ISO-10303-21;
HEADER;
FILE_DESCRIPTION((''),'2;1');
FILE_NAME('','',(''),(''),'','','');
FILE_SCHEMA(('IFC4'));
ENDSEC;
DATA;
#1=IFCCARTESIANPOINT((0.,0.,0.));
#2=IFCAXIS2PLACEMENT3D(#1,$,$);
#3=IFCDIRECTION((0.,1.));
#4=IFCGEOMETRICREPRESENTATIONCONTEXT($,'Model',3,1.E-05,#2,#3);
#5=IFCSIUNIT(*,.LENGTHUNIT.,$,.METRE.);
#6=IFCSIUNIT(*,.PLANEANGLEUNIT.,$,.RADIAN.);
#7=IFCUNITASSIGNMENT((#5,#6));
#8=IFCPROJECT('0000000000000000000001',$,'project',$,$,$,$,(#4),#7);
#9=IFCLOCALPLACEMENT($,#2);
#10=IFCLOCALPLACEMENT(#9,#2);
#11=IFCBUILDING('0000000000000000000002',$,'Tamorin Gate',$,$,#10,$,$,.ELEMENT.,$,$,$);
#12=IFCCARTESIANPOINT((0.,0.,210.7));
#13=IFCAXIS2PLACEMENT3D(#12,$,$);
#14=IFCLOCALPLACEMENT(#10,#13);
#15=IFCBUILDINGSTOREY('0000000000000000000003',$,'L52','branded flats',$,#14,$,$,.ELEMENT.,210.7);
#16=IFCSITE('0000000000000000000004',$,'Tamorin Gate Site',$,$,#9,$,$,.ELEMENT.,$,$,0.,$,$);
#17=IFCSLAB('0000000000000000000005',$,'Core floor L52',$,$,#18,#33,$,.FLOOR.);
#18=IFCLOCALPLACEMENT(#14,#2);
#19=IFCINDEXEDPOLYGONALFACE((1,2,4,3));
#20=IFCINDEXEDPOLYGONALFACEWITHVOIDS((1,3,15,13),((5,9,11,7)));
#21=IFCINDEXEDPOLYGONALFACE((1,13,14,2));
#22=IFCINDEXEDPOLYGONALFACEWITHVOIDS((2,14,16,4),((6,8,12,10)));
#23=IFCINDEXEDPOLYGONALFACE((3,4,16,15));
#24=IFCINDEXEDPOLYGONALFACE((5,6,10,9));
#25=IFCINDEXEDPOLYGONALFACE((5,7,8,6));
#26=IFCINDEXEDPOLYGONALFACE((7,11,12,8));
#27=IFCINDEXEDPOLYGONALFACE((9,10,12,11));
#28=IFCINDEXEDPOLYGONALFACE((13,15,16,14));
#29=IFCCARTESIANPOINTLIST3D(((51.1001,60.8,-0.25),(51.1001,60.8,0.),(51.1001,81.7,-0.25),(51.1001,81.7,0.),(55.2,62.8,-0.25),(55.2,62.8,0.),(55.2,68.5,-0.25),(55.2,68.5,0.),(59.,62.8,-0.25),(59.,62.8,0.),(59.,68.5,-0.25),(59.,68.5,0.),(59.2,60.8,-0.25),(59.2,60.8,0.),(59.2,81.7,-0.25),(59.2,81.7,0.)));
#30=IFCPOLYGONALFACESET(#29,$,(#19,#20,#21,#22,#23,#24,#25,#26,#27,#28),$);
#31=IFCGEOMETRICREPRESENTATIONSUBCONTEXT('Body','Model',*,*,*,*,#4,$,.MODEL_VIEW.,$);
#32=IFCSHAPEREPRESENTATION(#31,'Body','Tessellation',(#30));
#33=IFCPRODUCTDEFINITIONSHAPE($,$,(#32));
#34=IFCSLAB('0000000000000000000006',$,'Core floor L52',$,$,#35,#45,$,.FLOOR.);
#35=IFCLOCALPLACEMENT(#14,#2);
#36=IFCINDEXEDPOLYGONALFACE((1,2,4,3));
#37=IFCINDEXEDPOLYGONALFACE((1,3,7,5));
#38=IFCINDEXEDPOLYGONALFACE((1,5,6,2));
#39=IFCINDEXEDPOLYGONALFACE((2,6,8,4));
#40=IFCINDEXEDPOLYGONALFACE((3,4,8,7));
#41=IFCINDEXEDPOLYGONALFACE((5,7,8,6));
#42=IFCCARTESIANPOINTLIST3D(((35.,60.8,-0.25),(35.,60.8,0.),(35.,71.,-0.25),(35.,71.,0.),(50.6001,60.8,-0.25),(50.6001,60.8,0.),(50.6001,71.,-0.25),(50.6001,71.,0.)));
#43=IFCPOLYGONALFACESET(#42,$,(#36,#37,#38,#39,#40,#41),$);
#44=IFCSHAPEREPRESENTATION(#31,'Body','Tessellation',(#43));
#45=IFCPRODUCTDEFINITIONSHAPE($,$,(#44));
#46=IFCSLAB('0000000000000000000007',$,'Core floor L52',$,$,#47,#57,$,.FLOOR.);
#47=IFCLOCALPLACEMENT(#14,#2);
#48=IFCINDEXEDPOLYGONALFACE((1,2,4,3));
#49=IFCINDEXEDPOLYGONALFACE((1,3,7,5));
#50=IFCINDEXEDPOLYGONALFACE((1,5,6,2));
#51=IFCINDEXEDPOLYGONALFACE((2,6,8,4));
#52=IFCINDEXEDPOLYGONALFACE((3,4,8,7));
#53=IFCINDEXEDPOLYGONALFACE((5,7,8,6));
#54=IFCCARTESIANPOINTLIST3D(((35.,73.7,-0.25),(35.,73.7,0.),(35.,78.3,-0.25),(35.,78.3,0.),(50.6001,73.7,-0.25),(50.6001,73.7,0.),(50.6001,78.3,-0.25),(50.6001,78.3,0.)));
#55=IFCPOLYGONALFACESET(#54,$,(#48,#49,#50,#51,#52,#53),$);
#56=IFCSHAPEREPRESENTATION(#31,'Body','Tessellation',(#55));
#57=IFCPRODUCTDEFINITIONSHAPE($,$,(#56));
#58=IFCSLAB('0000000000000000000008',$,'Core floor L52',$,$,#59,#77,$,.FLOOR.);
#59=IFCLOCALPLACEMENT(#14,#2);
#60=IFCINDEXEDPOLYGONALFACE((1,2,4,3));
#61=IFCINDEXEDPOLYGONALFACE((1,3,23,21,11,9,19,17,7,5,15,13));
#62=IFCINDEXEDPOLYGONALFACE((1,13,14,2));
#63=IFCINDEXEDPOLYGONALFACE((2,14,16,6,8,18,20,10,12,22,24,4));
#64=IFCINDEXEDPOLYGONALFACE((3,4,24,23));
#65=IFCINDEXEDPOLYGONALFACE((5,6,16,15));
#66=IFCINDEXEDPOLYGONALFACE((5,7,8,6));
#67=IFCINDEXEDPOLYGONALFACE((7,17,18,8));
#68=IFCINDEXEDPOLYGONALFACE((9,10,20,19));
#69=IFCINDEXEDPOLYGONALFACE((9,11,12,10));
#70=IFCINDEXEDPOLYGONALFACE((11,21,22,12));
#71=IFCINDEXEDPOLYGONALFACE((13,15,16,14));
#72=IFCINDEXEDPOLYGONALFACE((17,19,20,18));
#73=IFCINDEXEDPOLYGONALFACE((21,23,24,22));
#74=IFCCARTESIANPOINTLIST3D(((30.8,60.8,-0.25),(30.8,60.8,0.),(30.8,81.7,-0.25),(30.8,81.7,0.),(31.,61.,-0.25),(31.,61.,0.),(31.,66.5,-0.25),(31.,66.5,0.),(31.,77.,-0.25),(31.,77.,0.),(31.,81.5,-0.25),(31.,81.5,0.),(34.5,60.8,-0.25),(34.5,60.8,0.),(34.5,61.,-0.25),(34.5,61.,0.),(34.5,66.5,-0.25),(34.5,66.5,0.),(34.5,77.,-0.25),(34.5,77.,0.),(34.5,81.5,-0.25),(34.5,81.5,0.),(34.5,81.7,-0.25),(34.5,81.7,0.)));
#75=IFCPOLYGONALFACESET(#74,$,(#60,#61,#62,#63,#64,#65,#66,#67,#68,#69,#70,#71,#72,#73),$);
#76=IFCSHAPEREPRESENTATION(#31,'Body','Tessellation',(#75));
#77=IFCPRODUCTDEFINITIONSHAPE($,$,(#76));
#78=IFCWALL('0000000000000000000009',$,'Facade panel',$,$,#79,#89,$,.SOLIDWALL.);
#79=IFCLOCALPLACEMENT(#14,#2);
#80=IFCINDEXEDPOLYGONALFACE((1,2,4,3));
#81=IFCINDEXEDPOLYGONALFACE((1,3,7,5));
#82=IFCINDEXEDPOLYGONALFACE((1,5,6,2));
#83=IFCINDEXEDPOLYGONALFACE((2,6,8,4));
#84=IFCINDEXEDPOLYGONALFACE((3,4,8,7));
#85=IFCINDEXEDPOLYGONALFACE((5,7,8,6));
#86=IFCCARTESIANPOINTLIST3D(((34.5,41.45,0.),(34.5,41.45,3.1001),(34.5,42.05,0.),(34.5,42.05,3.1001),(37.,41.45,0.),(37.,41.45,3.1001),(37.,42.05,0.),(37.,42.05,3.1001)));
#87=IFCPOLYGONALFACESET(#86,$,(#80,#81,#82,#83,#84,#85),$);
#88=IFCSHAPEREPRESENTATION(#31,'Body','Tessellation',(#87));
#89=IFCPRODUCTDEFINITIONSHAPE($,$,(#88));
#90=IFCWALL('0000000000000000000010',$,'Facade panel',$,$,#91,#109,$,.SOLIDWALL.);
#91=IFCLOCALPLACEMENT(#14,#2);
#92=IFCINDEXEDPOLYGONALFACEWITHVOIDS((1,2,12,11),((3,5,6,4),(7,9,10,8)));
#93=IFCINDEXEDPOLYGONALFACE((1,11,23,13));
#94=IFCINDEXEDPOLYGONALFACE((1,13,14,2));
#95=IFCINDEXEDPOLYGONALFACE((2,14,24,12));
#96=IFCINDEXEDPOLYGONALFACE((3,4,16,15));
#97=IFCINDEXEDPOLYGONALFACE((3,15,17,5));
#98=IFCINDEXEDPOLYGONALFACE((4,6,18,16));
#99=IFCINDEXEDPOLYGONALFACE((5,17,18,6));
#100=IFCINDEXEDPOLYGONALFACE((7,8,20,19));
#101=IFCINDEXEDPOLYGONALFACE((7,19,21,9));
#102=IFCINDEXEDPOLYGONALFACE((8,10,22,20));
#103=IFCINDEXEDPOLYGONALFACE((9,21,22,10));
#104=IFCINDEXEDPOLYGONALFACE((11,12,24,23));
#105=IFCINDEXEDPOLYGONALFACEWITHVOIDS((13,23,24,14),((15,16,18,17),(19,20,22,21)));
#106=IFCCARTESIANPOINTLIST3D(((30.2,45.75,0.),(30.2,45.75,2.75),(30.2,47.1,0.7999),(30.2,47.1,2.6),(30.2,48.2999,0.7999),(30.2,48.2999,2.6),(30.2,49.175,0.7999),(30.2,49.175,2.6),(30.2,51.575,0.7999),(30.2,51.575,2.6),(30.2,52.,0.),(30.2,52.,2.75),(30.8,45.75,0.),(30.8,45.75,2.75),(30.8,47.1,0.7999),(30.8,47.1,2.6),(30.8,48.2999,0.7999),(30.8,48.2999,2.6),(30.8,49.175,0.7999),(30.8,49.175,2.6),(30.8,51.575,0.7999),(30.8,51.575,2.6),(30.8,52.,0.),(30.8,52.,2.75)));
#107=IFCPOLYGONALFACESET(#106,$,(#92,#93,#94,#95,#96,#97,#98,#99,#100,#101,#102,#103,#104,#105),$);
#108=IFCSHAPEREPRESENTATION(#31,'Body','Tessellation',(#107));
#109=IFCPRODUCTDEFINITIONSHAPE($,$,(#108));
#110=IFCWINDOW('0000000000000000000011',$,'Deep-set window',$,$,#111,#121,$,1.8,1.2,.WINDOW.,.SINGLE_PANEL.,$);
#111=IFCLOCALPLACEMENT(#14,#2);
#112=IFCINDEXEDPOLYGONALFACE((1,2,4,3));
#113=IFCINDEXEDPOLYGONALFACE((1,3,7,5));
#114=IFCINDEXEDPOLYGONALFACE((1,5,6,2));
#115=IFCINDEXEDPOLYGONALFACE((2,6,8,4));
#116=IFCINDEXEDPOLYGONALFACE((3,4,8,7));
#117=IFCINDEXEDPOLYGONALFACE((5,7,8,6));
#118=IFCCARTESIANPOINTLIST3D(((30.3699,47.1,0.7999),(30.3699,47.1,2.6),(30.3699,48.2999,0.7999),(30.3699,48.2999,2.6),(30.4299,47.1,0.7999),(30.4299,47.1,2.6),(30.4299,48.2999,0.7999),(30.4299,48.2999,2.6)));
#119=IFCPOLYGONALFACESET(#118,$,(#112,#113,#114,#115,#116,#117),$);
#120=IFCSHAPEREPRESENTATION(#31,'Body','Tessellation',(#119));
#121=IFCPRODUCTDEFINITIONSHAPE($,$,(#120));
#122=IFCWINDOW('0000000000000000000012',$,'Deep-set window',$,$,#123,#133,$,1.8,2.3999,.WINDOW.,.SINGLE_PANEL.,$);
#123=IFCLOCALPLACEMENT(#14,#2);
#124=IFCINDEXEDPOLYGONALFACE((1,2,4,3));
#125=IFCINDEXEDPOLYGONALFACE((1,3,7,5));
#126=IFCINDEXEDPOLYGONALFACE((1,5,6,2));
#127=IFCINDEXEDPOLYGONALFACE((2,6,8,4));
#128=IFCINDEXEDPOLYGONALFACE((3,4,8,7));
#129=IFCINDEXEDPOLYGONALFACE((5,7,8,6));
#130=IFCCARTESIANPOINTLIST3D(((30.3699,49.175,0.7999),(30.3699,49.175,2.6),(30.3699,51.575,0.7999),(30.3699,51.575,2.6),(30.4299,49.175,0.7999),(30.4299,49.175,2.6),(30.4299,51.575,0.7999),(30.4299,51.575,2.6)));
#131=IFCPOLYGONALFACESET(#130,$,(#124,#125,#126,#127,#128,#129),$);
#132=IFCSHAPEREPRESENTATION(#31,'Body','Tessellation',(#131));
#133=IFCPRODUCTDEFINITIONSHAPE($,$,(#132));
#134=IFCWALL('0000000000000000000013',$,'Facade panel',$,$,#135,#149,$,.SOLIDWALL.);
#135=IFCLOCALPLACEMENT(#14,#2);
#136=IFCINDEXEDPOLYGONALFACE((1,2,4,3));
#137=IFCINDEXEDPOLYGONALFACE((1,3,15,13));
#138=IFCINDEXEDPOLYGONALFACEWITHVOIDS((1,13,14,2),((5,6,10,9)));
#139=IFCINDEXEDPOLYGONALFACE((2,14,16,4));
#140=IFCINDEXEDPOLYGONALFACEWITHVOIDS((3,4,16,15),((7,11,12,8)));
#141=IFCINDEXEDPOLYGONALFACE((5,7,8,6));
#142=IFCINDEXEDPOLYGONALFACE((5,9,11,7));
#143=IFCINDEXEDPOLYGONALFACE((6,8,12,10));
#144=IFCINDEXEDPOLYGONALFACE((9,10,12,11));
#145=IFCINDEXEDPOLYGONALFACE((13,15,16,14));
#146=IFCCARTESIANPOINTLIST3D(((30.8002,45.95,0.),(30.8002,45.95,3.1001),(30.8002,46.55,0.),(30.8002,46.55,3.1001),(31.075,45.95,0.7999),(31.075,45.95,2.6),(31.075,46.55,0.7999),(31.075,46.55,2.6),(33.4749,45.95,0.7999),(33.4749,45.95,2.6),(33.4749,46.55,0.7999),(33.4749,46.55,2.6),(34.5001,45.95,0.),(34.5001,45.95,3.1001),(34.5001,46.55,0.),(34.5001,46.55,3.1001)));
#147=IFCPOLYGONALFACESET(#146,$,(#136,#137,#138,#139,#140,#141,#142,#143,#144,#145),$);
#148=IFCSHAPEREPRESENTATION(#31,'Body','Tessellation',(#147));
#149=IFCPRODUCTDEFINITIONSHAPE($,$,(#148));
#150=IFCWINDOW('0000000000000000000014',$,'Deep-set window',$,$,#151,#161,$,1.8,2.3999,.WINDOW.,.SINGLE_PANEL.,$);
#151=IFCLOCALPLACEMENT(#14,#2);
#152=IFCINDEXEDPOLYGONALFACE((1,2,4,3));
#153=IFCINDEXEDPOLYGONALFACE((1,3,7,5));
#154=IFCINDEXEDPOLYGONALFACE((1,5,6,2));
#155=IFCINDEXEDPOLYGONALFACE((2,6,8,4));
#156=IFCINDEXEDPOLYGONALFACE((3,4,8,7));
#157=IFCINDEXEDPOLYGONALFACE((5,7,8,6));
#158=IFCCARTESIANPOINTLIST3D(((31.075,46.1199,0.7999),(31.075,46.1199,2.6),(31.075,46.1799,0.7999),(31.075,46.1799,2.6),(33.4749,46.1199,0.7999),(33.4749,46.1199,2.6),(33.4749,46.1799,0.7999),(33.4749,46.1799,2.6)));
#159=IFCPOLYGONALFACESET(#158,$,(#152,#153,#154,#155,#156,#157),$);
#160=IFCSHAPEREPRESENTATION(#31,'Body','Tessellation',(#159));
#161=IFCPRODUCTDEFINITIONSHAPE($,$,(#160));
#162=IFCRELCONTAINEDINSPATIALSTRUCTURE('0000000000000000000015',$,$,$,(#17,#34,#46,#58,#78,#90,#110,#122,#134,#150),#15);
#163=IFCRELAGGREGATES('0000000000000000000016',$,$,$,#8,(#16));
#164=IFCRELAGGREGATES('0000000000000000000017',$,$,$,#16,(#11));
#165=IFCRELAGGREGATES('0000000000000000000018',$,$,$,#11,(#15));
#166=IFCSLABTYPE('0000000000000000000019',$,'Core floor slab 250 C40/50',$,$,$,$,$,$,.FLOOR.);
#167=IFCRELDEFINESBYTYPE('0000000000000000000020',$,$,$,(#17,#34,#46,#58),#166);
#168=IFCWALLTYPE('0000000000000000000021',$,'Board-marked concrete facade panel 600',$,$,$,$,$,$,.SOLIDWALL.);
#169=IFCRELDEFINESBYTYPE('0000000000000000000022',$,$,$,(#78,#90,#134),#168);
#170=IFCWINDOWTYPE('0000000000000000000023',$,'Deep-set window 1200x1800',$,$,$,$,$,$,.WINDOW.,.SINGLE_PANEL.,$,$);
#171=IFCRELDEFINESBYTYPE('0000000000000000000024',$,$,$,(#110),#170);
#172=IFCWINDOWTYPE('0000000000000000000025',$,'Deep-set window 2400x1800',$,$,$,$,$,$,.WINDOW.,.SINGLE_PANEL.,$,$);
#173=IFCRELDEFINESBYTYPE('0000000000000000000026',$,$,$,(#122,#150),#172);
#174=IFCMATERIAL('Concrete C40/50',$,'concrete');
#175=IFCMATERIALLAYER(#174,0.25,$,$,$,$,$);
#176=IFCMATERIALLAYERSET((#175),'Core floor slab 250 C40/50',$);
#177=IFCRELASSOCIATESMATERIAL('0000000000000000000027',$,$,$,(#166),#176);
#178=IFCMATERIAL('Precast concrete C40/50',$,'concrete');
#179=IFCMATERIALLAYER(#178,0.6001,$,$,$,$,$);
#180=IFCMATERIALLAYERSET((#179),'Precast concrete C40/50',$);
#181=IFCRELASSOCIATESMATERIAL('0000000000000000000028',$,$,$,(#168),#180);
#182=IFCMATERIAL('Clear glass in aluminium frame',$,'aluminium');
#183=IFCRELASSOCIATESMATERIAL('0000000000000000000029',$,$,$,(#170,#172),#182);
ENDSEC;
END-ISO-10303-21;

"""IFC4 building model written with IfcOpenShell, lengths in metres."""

from ifc_helpers import new_model, si_unit, direction, frame, frame_2d, origin, place, context, subcontext, project, spatial, polyline, rectangle, outline, extrude, material, layer, layer_set, type_object, element, fill, save


model = new_model("IFC4")

# Units and contexts
model_context = context("Model", 3, precision=1e-05, world=origin(), true_north=direction((0.0, 1.0)))
body_context = subcontext(model_context, "Body", "Model", "MODEL_VIEW")
ifc_project = project(units=[si_unit("LENGTHUNIT", "METRE"), si_unit("PLANEANGLEUNIT", "RADIAN")], contexts=[model_context])

# Site, building, storey
site_placement = place(None, origin())
site = spatial("IfcSite", under=ifc_project, at=site_placement, Name="Tamorin Gate Site", CompositionType="ELEMENT", RefElevation=0.0)
building_placement = place(site_placement, origin())
building = spatial("IfcBuilding", under=site, at=building_placement, Name="Tamorin Gate", CompositionType="ELEMENT")
storey_placement = place(building_placement, frame((0.0, 0.0, 210.7)))
storey = spatial("IfcBuildingStorey", under=building, at=storey_placement, Name="L52", Description="branded flats", CompositionType="ELEMENT", Elevation=210.7)

# Slabs
ifc_material_1 = material(Name="Concrete C40/50", Category="concrete")
ifc_layer_1 = layer(ifc_material_1, 0.25)
ifc_layer_set_1 = layer_set([ifc_layer_1], Name="Core floor slab 250 C40/50")
slab_type = type_object("IfcSlabType", Name="Core floor slab 250 C40/50", PredefinedType="FLOOR", material=ifc_layer_set_1)
slab_1_placement = place(storey_placement, frame((0.0, 0.0, -0.25)))
element("IfcSlab", 1, at=slab_1_placement, inside=storey, type_object=slab_type, Name="Core floor L52", PredefinedType="FLOOR", context=body_context, shape_type="SweptSolid", body=[
    extrude(outline(polyline([(51.1001, 81.7), (59.2, 81.7), (59.2, 60.8), (51.1001, 60.8), (51.1001, 81.7)]), holes=[polyline([(55.2, 62.8), (59.0, 62.8), (59.0, 68.5), (55.2, 68.5), (55.2, 62.8)])]), origin(), (0.0, 0.0, 1.0), 0.25),
])
slab_2_placement = place(storey_placement, frame((0.0, 0.0, -0.25)))
element("IfcSlab", 2, at=slab_2_placement, inside=storey, type_object=slab_type, Name="Core floor L52", PredefinedType="FLOOR", context=body_context, shape_type="SweptSolid", body=[
    extrude(outline(polyline([(50.6001, 71.0), (50.6001, 60.8), (35.0, 60.8), (35.0, 71.0), (50.6001, 71.0)])), origin(), (0.0, 0.0, 1.0), 0.25),
])
slab_3_placement = place(storey_placement, frame((0.0, 0.0, -0.25)))
element("IfcSlab", 3, at=slab_3_placement, inside=storey, type_object=slab_type, Name="Core floor L52", PredefinedType="FLOOR", context=body_context, shape_type="SweptSolid", body=[
    extrude(outline(polyline([(50.6001, 73.7), (35.0, 73.7), (35.0, 78.3), (50.6001, 78.3), (50.6001, 73.7)])), origin(), (0.0, 0.0, 1.0), 0.25),
])
slab_4_placement = place(storey_placement, frame((0.0, 0.0, -0.25)))
element("IfcSlab", 4, at=slab_4_placement, inside=storey, type_object=slab_type, Name="Core floor L52", PredefinedType="FLOOR", context=body_context, shape_type="SweptSolid", body=[
    extrude(outline(polyline([(34.5, 60.8), (30.8, 60.8), (30.8, 81.7), (34.5, 81.7), (34.5, 81.5), (31.0, 81.5), (31.0, 77.0), (34.5, 77.0), (34.5, 66.5), (31.0, 66.5), (31.0, 61.0), (34.5, 61.0), (34.5, 60.8)])), origin(), (0.0, 0.0, 1.0), 0.25),
])

# Wall
ifc_material_2 = material(Name="Precast concrete C40/50", Category="concrete")
ifc_layer_2 = layer(ifc_material_2, 0.6001)
ifc_layer_set_2 = layer_set([ifc_layer_2], Name="Precast concrete C40/50")
wall_type = type_object("IfcWallType", Name="Board-marked concrete facade panel 600", PredefinedType="SOLIDWALL", material=ifc_layer_set_2)
wall_1_placement = place(storey_placement, frame((34.5, 41.75, 0.0), z_axis=(0.0, 0.0, 1.0), x_axis=(1.0, 0.0, 0.0)))
element("IfcWall", 5, at=wall_1_placement, inside=storey, type_object=wall_type, Name="Facade panel", PredefinedType="SOLIDWALL", context=body_context, shape_type="SweptSolid", body=[
    extrude(rectangle(XDim=2.5, YDim=0.6001, at=frame_2d((1.25, 0.0))), origin(), (0.0, 0.0, 1.0), 3.1001),
])

# Wall, openings, windows
wall_2_placement = place(storey_placement, frame((30.5, 52.0, 0.0), z_axis=(0.0, 0.0, 1.0), x_axis=(0.0, -1.0, 0.0)))
wall_2 = element("IfcWall", 6, at=wall_2_placement, inside=storey, type_object=wall_type, Name="Facade panel", PredefinedType="SOLIDWALL", context=body_context, shape_type="SweptSolid", body=[
    extrude(rectangle(XDim=6.25, YDim=0.6001, at=frame_2d((3.125, 0.0))), origin(), (0.0, 0.0, 1.0), 2.75),
])
opening_1_placement = place(wall_2_placement, frame((3.7, 0.0, 0.8)))
opening_1 = element("IfcOpeningElement", 7, at=opening_1_placement, cuts=wall_2, PredefinedType="OPENING", context=body_context, shape_type="SweptSolid", body=[
    extrude(rectangle(XDim=1.2, YDim=1.8, at=frame_2d((0.6001, 0.8999))), frame((0.0, 0.3101, 0.0), z_axis=(0.0, -1.0, 0.0), x_axis=(1.0, 0.0, 0.0)), (0.0, 0.0, 1.0), 0.6201),
])
opening_2_placement = place(wall_2_placement, frame((0.425, 0.0, 0.8)))
opening_2 = element("IfcOpeningElement", 8, at=opening_2_placement, cuts=wall_2, PredefinedType="OPENING", context=body_context, shape_type="SweptSolid", body=[
    extrude(rectangle(XDim=2.3999, YDim=1.8, at=frame_2d((1.2, 0.8999))), frame((0.0, 0.3101, 0.0), z_axis=(0.0, -1.0, 0.0), x_axis=(1.0, 0.0, 0.0)), (0.0, 0.0, 1.0), 0.6201),
])
ifc_material_3 = material(Name="Clear glass in aluminium frame", Category="aluminium")
window_type_1 = type_object("IfcWindowType", Name="Deep-set window 1200x1800", PartitioningType="SINGLE_PANEL", PredefinedType="WINDOW", material=ifc_material_3)
window_1_placement = place(opening_1_placement, origin())
window_1 = element("IfcWindow", 9, at=window_1_placement, inside=storey, type_object=window_type_1, Name="Deep-set window", OverallHeight=1.8, OverallWidth=1.2, PartitioningType="SINGLE_PANEL", PredefinedType="WINDOW", context=body_context, shape_type="SweptSolid", body=[
    extrude(rectangle(XDim=1.2, YDim=1.8, at=frame_2d((0.6001, 0.8999))), frame((0.0, -0.0701, 0.0), z_axis=(0.0, -1.0, 0.0), x_axis=(1.0, 0.0, 0.0)), (0.0, 0.0, 1.0), 0.0601),
])
fill(opening_1, window_1)
window_type_2 = type_object("IfcWindowType", Name="Deep-set window 2400x1800", PartitioningType="SINGLE_PANEL", PredefinedType="WINDOW", material=ifc_material_3)
window_2_placement = place(opening_2_placement, origin())
window_2 = element("IfcWindow", 10, at=window_2_placement, inside=storey, type_object=window_type_2, Name="Deep-set window", OverallHeight=1.8, OverallWidth=2.3999, PartitioningType="SINGLE_PANEL", PredefinedType="WINDOW", context=body_context, shape_type="SweptSolid", body=[
    extrude(rectangle(XDim=2.3999, YDim=1.8, at=frame_2d((1.2, 0.8999))), frame((0.0, -0.0701, 0.0), z_axis=(0.0, -1.0, 0.0), x_axis=(1.0, 0.0, 0.0)), (0.0, 0.0, 1.0), 0.0601),
])
fill(opening_2, window_2)

# Wall, opening, window
wall_3_placement = place(storey_placement, frame((30.8, 46.25, 0.0), z_axis=(0.0, 0.0, 1.0), x_axis=(1.0, 0.0, 0.0)))
wall_3 = element("IfcWall", 11, at=wall_3_placement, inside=storey, type_object=wall_type, Name="Facade panel", PredefinedType="SOLIDWALL", context=body_context, shape_type="SweptSolid", body=[
    extrude(rectangle(XDim=3.7, YDim=0.6001, at=frame_2d((1.8501, 0.0))), origin(), (0.0, 0.0, 1.0), 3.1001),
])
opening_3_placement = place(wall_3_placement, frame((0.2749, 0.0, 0.8)))
opening_3 = element("IfcOpeningElement", 12, at=opening_3_placement, cuts=wall_3, PredefinedType="OPENING", context=body_context, shape_type="SweptSolid", body=[
    extrude(rectangle(XDim=2.3999, YDim=1.8, at=frame_2d((1.2, 0.8999))), frame((0.0, 0.3101, 0.0), z_axis=(0.0, -1.0, 0.0), x_axis=(1.0, 0.0, 0.0)), (0.0, 0.0, 1.0), 0.6201),
])
window_3_placement = place(opening_3_placement, origin())
window_3 = element("IfcWindow", 13, at=window_3_placement, inside=storey, type_object=window_type_2, Name="Deep-set window", OverallHeight=1.8, OverallWidth=2.3999, PartitioningType="SINGLE_PANEL", PredefinedType="WINDOW", context=body_context, shape_type="SweptSolid", body=[
    extrude(rectangle(XDim=2.3999, YDim=1.8, at=frame_2d((1.2, 0.8999))), frame((0.0, -0.0701, 0.0), z_axis=(0.0, -1.0, 0.0), x_axis=(1.0, 0.0, 0.0)), (0.0, 0.0, 1.0), 0.0601),
])
fill(opening_3, window_3)

save(model, "model.ifc")
